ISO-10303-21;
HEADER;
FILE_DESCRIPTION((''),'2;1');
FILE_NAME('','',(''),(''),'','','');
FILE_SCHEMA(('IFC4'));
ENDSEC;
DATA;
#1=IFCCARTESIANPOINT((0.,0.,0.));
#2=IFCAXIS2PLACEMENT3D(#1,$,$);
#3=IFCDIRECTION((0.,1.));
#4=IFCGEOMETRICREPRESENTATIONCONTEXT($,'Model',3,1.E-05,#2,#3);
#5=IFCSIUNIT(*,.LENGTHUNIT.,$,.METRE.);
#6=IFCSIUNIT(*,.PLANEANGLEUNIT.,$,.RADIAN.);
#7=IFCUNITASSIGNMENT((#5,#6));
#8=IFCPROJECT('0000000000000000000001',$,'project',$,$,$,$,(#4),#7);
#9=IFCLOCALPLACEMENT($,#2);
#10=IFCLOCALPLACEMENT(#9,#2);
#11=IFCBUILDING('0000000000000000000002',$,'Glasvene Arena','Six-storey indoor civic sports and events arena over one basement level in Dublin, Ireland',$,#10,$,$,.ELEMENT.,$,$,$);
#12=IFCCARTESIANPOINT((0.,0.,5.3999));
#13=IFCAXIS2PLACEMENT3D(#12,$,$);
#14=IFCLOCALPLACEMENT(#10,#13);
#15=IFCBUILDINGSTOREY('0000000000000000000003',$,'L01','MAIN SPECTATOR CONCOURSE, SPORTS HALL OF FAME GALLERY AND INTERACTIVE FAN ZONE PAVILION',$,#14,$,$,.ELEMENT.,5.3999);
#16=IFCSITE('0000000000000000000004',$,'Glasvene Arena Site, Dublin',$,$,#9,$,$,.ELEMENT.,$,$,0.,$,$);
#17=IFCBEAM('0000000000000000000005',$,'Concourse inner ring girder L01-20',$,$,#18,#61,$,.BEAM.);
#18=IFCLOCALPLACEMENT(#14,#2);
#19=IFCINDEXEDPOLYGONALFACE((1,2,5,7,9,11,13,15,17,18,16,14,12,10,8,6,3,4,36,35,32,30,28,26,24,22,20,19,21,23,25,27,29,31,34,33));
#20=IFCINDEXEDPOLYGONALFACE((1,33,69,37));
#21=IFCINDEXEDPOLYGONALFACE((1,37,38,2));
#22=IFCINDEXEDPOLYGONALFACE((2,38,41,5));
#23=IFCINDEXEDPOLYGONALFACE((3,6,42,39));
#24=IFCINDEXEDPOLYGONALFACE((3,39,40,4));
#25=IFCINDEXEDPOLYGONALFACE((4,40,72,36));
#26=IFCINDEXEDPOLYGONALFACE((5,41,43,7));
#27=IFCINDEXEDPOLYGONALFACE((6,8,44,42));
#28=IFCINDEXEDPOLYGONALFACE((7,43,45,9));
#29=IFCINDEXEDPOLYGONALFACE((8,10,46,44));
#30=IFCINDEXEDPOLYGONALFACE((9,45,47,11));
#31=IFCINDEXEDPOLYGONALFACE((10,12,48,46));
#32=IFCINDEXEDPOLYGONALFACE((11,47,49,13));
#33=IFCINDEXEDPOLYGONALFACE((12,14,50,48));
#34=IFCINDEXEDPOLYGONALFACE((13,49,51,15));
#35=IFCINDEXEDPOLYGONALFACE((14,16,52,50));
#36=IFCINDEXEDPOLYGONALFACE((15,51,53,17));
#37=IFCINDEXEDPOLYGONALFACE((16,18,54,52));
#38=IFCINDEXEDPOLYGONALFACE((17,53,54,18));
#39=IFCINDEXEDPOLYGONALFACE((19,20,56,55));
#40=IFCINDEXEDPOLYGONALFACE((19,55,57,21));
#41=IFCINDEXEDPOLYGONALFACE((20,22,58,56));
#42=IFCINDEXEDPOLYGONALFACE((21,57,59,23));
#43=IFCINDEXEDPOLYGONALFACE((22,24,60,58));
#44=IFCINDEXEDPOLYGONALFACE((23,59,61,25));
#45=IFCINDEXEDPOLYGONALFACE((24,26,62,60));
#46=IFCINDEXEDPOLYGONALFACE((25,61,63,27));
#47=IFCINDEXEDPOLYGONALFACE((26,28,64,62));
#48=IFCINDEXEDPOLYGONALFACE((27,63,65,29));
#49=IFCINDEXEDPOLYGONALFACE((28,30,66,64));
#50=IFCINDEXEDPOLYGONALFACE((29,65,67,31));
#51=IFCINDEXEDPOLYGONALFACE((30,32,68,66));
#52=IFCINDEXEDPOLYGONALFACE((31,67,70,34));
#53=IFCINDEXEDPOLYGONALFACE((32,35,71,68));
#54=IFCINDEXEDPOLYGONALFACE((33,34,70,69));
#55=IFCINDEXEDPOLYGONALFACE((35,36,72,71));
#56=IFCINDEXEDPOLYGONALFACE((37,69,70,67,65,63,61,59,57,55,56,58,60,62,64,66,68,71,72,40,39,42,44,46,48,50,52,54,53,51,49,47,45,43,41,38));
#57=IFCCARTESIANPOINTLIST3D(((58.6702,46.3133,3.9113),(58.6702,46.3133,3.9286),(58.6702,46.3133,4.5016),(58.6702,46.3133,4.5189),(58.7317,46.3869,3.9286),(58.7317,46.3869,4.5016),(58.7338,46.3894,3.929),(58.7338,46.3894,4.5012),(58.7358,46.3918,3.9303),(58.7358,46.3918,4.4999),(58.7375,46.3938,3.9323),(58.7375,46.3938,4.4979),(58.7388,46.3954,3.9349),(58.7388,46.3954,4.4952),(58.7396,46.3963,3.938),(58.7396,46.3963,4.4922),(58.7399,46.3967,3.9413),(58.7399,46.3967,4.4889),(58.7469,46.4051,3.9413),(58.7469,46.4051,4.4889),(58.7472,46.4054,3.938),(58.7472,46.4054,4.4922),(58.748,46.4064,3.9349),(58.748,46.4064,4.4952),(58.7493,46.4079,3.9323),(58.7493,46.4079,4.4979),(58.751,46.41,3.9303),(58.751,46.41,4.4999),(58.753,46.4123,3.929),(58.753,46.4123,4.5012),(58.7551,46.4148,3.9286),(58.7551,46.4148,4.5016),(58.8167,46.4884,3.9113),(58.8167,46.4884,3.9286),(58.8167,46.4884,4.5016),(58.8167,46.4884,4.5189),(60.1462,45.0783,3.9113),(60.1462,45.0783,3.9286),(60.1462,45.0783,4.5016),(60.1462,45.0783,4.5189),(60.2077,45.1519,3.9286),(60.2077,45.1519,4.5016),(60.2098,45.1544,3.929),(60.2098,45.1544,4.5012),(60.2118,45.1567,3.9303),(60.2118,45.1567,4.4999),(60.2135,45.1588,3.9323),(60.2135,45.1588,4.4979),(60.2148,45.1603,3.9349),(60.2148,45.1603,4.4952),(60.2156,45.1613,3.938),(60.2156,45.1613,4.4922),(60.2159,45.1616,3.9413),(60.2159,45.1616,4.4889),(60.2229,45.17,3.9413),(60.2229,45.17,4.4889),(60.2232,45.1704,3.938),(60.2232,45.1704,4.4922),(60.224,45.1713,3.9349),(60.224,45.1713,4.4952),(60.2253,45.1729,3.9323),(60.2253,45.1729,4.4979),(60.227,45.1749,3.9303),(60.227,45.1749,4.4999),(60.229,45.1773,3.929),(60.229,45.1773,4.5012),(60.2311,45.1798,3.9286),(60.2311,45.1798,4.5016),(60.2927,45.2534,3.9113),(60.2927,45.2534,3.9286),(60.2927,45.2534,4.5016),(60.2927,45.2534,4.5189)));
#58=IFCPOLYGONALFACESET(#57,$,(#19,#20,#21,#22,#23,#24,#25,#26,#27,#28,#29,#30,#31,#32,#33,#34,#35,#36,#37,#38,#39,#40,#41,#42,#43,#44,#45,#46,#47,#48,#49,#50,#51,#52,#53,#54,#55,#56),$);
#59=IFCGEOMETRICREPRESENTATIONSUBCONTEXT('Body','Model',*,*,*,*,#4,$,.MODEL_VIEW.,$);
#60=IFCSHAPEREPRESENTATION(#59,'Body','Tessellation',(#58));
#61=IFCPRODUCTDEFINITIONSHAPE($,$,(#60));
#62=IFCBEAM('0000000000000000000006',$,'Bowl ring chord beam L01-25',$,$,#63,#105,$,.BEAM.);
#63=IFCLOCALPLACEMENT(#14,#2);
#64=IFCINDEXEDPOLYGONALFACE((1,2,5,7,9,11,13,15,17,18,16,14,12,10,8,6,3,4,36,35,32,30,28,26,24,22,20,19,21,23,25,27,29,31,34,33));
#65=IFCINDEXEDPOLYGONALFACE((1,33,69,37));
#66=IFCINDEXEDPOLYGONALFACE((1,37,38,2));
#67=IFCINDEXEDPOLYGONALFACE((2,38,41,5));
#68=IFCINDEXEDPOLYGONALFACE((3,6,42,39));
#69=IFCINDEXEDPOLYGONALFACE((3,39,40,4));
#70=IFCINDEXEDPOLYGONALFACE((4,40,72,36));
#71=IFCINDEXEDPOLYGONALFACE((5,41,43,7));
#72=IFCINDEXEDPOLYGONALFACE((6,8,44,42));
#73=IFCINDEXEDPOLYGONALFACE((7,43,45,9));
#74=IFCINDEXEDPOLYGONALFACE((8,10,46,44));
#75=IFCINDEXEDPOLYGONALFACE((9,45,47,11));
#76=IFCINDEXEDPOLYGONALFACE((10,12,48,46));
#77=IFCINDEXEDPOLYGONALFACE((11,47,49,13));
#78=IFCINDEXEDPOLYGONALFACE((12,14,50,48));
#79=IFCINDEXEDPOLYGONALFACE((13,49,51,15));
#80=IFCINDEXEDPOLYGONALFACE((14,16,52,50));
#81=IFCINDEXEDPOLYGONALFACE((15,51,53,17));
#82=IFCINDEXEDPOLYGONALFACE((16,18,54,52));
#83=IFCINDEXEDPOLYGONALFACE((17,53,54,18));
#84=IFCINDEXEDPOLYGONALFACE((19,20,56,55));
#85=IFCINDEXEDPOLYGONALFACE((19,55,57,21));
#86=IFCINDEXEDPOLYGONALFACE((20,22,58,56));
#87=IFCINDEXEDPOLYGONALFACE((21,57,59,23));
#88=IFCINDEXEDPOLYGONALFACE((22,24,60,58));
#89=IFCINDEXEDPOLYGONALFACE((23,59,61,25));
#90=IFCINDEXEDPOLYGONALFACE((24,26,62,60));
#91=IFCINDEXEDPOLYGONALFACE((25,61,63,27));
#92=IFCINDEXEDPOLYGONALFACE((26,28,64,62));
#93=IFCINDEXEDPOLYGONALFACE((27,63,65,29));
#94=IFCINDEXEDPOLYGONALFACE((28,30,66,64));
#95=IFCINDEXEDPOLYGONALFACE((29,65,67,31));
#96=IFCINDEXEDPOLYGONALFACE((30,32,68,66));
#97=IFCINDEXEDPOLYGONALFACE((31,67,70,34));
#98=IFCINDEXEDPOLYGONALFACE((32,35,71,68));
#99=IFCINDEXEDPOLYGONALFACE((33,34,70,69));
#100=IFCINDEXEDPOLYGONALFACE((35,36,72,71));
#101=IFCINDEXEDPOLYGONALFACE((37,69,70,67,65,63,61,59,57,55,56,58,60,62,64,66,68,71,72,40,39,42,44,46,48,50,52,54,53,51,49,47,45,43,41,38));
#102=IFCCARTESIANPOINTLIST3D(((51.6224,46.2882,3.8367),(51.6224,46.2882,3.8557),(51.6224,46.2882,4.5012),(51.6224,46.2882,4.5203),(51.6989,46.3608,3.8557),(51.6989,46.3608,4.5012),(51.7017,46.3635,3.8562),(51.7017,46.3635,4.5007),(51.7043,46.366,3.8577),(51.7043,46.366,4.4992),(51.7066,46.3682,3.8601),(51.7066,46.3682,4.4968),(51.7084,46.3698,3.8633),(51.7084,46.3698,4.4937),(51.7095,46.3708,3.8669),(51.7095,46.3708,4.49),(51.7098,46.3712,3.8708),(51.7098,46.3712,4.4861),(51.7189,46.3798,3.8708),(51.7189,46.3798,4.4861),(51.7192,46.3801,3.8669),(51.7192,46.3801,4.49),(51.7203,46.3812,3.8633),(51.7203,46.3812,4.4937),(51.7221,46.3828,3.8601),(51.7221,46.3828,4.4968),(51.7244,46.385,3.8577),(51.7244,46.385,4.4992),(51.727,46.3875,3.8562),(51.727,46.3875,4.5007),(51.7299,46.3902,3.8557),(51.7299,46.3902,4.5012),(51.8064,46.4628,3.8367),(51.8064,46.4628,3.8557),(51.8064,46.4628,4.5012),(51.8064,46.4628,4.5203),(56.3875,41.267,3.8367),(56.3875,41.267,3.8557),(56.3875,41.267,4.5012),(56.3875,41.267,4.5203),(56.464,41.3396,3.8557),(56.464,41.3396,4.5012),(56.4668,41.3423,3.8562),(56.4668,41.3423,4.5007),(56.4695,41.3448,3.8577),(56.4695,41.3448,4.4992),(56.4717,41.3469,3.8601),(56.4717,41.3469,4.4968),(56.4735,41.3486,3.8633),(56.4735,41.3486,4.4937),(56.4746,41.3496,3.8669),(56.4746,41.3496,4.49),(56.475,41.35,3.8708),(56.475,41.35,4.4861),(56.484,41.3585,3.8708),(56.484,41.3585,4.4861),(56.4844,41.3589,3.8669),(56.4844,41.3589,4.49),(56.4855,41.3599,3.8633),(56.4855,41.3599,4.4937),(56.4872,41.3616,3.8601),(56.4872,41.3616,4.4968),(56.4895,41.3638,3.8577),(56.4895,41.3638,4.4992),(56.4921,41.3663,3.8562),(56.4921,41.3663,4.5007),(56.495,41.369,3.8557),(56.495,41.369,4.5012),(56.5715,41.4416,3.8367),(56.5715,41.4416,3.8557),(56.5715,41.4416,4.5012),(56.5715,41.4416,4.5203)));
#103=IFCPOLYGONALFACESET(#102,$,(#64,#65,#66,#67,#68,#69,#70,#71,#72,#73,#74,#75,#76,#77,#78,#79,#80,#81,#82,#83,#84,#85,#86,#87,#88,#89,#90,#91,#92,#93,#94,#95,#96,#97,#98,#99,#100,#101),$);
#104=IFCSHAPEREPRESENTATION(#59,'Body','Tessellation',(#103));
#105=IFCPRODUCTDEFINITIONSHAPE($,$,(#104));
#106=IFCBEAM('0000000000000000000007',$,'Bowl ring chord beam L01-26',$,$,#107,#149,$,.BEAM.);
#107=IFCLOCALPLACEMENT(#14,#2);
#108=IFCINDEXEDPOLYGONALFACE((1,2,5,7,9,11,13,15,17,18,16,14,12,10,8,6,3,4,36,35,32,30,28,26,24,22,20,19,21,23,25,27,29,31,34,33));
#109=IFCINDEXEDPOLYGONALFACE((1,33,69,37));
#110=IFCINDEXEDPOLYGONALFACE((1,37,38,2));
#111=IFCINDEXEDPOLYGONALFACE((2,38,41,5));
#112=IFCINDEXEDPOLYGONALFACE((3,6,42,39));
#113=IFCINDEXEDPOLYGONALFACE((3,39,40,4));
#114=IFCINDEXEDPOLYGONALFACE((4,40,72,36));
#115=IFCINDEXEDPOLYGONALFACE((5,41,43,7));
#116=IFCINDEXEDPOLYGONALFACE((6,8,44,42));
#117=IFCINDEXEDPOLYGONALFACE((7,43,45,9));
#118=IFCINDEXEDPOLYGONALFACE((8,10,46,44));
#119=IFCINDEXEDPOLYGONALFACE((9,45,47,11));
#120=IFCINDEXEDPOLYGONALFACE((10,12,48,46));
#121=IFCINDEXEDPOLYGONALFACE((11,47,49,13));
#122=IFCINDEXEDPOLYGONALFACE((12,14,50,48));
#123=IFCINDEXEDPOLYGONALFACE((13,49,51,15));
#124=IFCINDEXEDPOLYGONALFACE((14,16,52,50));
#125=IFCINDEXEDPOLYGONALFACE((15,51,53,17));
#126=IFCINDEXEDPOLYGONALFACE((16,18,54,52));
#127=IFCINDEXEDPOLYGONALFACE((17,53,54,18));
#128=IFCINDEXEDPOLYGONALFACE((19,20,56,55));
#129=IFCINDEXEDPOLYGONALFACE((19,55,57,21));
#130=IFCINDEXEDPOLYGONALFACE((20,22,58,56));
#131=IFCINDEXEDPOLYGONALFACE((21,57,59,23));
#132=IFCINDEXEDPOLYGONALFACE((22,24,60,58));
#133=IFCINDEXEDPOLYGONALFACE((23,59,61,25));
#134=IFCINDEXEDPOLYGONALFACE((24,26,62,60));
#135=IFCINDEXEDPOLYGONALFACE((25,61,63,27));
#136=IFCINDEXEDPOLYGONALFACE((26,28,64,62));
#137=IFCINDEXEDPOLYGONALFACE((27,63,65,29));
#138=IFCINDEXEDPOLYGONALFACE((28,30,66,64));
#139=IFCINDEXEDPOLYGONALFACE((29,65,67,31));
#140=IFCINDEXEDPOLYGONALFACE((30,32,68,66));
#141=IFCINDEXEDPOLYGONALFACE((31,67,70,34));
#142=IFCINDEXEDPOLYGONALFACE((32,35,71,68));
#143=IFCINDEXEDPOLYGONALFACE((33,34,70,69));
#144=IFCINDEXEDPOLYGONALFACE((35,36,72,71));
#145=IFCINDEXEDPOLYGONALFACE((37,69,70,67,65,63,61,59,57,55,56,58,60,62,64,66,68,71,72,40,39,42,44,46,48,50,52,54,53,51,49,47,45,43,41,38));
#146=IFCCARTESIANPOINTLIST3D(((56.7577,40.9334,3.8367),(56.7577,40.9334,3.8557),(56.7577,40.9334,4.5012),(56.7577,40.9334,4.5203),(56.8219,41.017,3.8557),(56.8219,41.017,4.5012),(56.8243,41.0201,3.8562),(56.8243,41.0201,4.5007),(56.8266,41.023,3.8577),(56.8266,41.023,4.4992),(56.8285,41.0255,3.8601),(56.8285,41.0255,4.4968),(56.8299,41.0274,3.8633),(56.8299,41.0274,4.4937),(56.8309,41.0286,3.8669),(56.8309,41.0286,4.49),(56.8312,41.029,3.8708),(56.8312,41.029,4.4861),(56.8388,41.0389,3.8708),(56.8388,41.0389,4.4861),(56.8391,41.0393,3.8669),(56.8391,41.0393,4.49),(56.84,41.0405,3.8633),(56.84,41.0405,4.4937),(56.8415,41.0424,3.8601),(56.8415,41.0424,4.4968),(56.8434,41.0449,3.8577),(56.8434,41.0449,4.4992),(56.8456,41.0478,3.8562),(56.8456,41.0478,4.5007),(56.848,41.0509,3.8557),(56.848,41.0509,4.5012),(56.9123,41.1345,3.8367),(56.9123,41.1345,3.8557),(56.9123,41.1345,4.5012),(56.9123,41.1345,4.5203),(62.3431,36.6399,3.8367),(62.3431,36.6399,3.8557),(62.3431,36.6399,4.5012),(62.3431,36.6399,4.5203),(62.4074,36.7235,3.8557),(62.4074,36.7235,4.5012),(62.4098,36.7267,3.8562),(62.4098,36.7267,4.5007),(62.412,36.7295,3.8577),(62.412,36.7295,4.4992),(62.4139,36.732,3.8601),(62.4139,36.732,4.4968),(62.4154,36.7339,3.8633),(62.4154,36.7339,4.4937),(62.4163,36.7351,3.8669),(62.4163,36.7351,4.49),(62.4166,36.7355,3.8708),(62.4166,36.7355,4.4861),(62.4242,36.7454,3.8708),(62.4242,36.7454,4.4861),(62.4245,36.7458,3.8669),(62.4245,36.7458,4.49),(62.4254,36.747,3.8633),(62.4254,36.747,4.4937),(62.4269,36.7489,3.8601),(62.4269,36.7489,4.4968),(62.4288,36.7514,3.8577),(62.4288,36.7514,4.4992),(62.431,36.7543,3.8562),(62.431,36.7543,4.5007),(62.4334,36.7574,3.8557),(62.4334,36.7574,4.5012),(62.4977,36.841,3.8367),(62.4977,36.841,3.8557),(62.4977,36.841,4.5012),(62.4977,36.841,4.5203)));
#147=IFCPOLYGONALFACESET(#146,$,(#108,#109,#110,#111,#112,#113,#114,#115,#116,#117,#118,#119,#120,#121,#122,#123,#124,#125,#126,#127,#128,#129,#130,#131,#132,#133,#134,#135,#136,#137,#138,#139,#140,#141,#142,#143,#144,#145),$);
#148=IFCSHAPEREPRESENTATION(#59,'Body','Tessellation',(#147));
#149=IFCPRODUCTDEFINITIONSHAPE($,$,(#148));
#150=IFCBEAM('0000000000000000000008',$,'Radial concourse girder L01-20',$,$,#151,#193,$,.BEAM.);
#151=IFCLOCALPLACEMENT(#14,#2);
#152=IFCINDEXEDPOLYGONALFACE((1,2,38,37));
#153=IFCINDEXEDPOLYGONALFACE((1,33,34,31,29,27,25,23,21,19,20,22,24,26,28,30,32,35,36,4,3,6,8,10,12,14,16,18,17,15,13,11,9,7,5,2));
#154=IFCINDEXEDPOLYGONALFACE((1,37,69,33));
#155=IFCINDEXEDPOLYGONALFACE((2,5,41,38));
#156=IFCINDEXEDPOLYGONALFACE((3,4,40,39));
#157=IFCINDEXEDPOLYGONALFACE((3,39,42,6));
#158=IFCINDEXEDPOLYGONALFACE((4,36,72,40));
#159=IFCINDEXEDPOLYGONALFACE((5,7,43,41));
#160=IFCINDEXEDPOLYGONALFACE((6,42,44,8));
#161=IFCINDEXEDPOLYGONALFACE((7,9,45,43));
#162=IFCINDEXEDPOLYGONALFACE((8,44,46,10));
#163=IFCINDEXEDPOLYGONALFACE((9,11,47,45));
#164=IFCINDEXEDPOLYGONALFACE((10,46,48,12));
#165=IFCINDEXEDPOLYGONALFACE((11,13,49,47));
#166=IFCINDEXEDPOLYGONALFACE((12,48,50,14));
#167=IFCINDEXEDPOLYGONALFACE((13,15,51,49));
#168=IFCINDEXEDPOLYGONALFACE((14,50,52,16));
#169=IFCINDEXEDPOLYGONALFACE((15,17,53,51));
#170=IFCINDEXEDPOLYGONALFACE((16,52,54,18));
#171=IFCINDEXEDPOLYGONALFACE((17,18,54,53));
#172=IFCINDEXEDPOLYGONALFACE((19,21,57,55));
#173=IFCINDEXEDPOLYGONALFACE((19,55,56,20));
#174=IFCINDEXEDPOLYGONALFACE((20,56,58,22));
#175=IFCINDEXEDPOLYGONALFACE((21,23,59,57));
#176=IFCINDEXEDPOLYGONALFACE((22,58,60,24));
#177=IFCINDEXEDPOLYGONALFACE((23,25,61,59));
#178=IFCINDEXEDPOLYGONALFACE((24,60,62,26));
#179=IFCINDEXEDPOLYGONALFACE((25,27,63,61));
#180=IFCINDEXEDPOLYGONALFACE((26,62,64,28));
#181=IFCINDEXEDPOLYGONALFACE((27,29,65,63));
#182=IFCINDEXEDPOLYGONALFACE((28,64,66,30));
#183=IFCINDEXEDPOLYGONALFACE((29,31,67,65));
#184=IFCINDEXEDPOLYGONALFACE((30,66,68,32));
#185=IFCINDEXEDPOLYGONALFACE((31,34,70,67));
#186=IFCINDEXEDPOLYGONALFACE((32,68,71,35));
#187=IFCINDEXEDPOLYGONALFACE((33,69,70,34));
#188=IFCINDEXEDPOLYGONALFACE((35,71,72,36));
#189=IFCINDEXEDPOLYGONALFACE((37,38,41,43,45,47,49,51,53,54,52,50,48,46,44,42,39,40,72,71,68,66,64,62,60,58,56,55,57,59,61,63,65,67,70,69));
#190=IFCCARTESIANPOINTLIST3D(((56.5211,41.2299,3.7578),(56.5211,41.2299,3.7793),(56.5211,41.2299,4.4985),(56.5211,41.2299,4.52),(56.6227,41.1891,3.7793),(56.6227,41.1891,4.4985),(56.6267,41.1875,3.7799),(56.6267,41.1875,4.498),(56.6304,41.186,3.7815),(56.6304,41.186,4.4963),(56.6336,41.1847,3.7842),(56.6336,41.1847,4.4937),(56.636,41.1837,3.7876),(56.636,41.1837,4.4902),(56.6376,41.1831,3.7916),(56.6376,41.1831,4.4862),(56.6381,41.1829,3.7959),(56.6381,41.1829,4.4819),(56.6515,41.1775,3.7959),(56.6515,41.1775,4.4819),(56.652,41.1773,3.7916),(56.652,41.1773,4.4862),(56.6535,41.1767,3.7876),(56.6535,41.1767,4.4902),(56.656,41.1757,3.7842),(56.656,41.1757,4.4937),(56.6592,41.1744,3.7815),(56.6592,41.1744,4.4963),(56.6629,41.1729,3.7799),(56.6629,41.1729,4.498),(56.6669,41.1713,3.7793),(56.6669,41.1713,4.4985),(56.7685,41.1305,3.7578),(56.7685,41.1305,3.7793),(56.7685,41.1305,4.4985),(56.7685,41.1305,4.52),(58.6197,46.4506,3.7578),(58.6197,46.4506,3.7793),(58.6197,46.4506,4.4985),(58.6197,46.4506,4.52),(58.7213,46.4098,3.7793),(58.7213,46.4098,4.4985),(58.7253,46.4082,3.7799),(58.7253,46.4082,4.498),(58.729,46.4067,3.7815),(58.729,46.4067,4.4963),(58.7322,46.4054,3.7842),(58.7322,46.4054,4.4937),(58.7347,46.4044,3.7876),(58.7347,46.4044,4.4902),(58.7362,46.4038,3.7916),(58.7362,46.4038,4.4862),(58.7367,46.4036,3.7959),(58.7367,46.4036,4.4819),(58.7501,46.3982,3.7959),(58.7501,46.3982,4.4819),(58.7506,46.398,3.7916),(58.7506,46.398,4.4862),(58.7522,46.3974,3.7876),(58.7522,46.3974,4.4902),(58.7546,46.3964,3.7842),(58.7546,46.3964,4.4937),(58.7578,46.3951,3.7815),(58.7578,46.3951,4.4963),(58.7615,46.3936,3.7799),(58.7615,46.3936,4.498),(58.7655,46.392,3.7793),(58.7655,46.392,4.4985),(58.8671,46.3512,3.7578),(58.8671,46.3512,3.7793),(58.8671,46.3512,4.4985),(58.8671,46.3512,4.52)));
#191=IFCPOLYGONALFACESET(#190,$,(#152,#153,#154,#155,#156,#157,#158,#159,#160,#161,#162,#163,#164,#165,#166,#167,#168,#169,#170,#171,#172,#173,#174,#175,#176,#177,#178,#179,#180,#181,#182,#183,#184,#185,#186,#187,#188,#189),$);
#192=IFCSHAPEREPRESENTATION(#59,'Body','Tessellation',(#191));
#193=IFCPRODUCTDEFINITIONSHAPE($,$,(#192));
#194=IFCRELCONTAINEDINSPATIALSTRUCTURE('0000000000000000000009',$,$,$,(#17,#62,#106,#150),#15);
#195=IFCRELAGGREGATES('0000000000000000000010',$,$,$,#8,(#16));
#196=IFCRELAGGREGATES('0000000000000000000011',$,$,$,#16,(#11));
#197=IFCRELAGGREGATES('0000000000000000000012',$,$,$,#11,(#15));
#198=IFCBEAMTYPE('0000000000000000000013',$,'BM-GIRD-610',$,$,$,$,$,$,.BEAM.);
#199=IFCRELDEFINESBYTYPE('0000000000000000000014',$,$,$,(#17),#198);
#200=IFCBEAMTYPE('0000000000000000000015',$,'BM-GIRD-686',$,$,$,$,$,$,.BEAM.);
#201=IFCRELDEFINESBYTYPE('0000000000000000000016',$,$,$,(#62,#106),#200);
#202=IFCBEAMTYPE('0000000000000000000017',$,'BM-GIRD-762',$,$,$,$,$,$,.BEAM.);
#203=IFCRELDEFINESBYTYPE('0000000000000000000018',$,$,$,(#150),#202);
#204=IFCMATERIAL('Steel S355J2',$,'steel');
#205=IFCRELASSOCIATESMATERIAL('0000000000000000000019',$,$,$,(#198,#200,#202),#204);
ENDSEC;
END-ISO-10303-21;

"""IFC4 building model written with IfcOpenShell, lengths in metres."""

from ifc_helpers import new_model, si_unit, direction, frame, origin, origin_2d, place, context, subcontext, project, spatial, i_section, extrude, material, material_profile, profile_set, type_object, element, save


model = new_model("IFC4")

# Units and contexts
model_context = context("Model", 3, precision=1e-05, world=origin(), true_north=direction((0.0, 1.0)))
body_context = subcontext(model_context, "Body", "Model", "MODEL_VIEW")
ifc_project = project(units=[si_unit("LENGTHUNIT", "METRE"), si_unit("PLANEANGLEUNIT", "RADIAN")], contexts=[model_context])

# Site, building, storey
site_placement = place(None, origin())
site = spatial("IfcSite", under=ifc_project, at=site_placement, Name="Glasvene Arena Site, Dublin", CompositionType="ELEMENT", RefElevation=0.0)
building_placement = place(site_placement, origin())
building = spatial("IfcBuilding", under=site, at=building_placement, Name="Glasvene Arena", Description="Six-storey indoor civic sports and events arena over one basement level in Dublin, Ireland", CompositionType="ELEMENT")
storey_placement = place(building_placement, frame((0.0, 0.0, 5.3999)))
storey = spatial("IfcBuildingStorey", under=building, at=storey_placement, Name="L01", Description="MAIN SPECTATOR CONCOURSE, SPORTS HALL OF FAME GALLERY AND INTERACTIVE FAN ZONE PAVILION", CompositionType="ELEMENT", Elevation=5.3999)

# Shared definitions
ifc_material_1 = material(Name="Steel S355J2", Category="steel")

# Beams
ifc_material_profile_1 = material_profile(ifc_material_1, i_section(OverallWidth=0.2283, OverallDepth=0.6077, WebThickness=0.011, FlangeThickness=0.0173, FilletRadius=0.0127, at=origin_2d()), Name="UKB 610x229x113")
ifc_profile_set_1 = profile_set([ifc_material_profile_1], Name="Steel S355J2")
beam_type_1 = type_object("IfcBeamType", Name="BM-GIRD-610", PredefinedType="BEAM", material=ifc_profile_set_1)
beam_1_placement = place(storey_placement, frame((58.7434, 46.4009, 4.2151), z_axis=(0.76693, -0.64173, 0.0), x_axis=(0.64173, 0.76693, 0.0)))
element("IfcBeam", 1, at=beam_1_placement, inside=storey, type_object=beam_type_1, Name="Concourse inner ring girder L01-20", PredefinedType="BEAM", context=body_context, shape_type="SweptSolid", body=[
    extrude(i_section(OverallWidth=0.2283, OverallDepth=0.6077, WebThickness=0.011, FlangeThickness=0.0173, FilletRadius=0.0127, at=origin_2d()), origin(), (0.0, 0.0, 1.0), 1.9246),
])
ifc_material_profile_2 = material_profile(ifc_material_1, i_section(OverallWidth=0.2537, OverallDepth=0.6836, WebThickness=0.0125, FlangeThickness=0.019, FilletRadius=0.0151, at=origin_2d()), Name="UKB 686x254x140")
ifc_profile_set_2 = profile_set([ifc_material_profile_2], Name="Steel S355J2")
beam_type_2 = type_object("IfcBeamType", Name="BM-GIRD-686", PredefinedType="BEAM", material=ifc_profile_set_2)
beam_2_placement = place(storey_placement, frame((51.7144, 46.3755, 4.1785), z_axis=(0.688367, -0.725363, 0.0), x_axis=(0.725363, 0.688367, 0.0)))
element("IfcBeam", 2, at=beam_2_placement, inside=storey, type_object=beam_type_2, Name="Bowl ring chord beam L01-25", PredefinedType="BEAM", context=body_context, shape_type="SweptSolid", body=[
    extrude(i_section(OverallWidth=0.2537, OverallDepth=0.6836, WebThickness=0.0125, FlangeThickness=0.019, FilletRadius=0.0151, at=origin_2d()), origin(), (0.0, 0.0, 1.0), 6.9224),
])
beam_3_placement = place(storey_placement, frame((56.835, 41.0339, 4.1785), z_axis=(0.792833, -0.609439, 0.0), x_axis=(0.609439, 0.792833, 0.0)))
element("IfcBeam", 3, at=beam_3_placement, inside=storey, type_object=beam_type_2, Name="Bowl ring chord beam L01-26", PredefinedType="BEAM", context=body_context, shape_type="SweptSolid", body=[
    extrude(i_section(OverallWidth=0.2537, OverallDepth=0.6836, WebThickness=0.0125, FlangeThickness=0.019, FilletRadius=0.0151, at=origin_2d()), origin(), (0.0, 0.0, 1.0), 7.0449),
])
ifc_material_profile_3 = material_profile(ifc_material_1, i_section(OverallWidth=0.2666, OverallDepth=0.7622, WebThickness=0.0144, FlangeThickness=0.0215, FilletRadius=0.0166, at=origin_2d()), Name="UKB 762x267x173")
ifc_profile_set_3 = profile_set([ifc_material_profile_3], Name="Steel S355J2")
beam_type_3 = type_object("IfcBeamType", Name="BM-GIRD-762", PredefinedType="BEAM", material=ifc_profile_set_3)
beam_4_placement = place(storey_placement, frame((58.7434, 46.4009, 4.1389), z_axis=(-0.372976, -0.927841, 0.0), x_axis=(0.927841, -0.372976, 0.0)))
element("IfcBeam", 4, at=beam_4_placement, inside=storey, type_object=beam_type_3, Name="Radial concourse girder L01-20", PredefinedType="BEAM", context=body_context, shape_type="SweptSolid", body=[
    extrude(i_section(OverallWidth=0.2666, OverallDepth=0.7622, WebThickness=0.0144, FlangeThickness=0.0215, FilletRadius=0.0166, at=origin_2d()), origin(), (0.0, 0.0, 1.0), 5.6267),
])

save(model, "model.ifc")
